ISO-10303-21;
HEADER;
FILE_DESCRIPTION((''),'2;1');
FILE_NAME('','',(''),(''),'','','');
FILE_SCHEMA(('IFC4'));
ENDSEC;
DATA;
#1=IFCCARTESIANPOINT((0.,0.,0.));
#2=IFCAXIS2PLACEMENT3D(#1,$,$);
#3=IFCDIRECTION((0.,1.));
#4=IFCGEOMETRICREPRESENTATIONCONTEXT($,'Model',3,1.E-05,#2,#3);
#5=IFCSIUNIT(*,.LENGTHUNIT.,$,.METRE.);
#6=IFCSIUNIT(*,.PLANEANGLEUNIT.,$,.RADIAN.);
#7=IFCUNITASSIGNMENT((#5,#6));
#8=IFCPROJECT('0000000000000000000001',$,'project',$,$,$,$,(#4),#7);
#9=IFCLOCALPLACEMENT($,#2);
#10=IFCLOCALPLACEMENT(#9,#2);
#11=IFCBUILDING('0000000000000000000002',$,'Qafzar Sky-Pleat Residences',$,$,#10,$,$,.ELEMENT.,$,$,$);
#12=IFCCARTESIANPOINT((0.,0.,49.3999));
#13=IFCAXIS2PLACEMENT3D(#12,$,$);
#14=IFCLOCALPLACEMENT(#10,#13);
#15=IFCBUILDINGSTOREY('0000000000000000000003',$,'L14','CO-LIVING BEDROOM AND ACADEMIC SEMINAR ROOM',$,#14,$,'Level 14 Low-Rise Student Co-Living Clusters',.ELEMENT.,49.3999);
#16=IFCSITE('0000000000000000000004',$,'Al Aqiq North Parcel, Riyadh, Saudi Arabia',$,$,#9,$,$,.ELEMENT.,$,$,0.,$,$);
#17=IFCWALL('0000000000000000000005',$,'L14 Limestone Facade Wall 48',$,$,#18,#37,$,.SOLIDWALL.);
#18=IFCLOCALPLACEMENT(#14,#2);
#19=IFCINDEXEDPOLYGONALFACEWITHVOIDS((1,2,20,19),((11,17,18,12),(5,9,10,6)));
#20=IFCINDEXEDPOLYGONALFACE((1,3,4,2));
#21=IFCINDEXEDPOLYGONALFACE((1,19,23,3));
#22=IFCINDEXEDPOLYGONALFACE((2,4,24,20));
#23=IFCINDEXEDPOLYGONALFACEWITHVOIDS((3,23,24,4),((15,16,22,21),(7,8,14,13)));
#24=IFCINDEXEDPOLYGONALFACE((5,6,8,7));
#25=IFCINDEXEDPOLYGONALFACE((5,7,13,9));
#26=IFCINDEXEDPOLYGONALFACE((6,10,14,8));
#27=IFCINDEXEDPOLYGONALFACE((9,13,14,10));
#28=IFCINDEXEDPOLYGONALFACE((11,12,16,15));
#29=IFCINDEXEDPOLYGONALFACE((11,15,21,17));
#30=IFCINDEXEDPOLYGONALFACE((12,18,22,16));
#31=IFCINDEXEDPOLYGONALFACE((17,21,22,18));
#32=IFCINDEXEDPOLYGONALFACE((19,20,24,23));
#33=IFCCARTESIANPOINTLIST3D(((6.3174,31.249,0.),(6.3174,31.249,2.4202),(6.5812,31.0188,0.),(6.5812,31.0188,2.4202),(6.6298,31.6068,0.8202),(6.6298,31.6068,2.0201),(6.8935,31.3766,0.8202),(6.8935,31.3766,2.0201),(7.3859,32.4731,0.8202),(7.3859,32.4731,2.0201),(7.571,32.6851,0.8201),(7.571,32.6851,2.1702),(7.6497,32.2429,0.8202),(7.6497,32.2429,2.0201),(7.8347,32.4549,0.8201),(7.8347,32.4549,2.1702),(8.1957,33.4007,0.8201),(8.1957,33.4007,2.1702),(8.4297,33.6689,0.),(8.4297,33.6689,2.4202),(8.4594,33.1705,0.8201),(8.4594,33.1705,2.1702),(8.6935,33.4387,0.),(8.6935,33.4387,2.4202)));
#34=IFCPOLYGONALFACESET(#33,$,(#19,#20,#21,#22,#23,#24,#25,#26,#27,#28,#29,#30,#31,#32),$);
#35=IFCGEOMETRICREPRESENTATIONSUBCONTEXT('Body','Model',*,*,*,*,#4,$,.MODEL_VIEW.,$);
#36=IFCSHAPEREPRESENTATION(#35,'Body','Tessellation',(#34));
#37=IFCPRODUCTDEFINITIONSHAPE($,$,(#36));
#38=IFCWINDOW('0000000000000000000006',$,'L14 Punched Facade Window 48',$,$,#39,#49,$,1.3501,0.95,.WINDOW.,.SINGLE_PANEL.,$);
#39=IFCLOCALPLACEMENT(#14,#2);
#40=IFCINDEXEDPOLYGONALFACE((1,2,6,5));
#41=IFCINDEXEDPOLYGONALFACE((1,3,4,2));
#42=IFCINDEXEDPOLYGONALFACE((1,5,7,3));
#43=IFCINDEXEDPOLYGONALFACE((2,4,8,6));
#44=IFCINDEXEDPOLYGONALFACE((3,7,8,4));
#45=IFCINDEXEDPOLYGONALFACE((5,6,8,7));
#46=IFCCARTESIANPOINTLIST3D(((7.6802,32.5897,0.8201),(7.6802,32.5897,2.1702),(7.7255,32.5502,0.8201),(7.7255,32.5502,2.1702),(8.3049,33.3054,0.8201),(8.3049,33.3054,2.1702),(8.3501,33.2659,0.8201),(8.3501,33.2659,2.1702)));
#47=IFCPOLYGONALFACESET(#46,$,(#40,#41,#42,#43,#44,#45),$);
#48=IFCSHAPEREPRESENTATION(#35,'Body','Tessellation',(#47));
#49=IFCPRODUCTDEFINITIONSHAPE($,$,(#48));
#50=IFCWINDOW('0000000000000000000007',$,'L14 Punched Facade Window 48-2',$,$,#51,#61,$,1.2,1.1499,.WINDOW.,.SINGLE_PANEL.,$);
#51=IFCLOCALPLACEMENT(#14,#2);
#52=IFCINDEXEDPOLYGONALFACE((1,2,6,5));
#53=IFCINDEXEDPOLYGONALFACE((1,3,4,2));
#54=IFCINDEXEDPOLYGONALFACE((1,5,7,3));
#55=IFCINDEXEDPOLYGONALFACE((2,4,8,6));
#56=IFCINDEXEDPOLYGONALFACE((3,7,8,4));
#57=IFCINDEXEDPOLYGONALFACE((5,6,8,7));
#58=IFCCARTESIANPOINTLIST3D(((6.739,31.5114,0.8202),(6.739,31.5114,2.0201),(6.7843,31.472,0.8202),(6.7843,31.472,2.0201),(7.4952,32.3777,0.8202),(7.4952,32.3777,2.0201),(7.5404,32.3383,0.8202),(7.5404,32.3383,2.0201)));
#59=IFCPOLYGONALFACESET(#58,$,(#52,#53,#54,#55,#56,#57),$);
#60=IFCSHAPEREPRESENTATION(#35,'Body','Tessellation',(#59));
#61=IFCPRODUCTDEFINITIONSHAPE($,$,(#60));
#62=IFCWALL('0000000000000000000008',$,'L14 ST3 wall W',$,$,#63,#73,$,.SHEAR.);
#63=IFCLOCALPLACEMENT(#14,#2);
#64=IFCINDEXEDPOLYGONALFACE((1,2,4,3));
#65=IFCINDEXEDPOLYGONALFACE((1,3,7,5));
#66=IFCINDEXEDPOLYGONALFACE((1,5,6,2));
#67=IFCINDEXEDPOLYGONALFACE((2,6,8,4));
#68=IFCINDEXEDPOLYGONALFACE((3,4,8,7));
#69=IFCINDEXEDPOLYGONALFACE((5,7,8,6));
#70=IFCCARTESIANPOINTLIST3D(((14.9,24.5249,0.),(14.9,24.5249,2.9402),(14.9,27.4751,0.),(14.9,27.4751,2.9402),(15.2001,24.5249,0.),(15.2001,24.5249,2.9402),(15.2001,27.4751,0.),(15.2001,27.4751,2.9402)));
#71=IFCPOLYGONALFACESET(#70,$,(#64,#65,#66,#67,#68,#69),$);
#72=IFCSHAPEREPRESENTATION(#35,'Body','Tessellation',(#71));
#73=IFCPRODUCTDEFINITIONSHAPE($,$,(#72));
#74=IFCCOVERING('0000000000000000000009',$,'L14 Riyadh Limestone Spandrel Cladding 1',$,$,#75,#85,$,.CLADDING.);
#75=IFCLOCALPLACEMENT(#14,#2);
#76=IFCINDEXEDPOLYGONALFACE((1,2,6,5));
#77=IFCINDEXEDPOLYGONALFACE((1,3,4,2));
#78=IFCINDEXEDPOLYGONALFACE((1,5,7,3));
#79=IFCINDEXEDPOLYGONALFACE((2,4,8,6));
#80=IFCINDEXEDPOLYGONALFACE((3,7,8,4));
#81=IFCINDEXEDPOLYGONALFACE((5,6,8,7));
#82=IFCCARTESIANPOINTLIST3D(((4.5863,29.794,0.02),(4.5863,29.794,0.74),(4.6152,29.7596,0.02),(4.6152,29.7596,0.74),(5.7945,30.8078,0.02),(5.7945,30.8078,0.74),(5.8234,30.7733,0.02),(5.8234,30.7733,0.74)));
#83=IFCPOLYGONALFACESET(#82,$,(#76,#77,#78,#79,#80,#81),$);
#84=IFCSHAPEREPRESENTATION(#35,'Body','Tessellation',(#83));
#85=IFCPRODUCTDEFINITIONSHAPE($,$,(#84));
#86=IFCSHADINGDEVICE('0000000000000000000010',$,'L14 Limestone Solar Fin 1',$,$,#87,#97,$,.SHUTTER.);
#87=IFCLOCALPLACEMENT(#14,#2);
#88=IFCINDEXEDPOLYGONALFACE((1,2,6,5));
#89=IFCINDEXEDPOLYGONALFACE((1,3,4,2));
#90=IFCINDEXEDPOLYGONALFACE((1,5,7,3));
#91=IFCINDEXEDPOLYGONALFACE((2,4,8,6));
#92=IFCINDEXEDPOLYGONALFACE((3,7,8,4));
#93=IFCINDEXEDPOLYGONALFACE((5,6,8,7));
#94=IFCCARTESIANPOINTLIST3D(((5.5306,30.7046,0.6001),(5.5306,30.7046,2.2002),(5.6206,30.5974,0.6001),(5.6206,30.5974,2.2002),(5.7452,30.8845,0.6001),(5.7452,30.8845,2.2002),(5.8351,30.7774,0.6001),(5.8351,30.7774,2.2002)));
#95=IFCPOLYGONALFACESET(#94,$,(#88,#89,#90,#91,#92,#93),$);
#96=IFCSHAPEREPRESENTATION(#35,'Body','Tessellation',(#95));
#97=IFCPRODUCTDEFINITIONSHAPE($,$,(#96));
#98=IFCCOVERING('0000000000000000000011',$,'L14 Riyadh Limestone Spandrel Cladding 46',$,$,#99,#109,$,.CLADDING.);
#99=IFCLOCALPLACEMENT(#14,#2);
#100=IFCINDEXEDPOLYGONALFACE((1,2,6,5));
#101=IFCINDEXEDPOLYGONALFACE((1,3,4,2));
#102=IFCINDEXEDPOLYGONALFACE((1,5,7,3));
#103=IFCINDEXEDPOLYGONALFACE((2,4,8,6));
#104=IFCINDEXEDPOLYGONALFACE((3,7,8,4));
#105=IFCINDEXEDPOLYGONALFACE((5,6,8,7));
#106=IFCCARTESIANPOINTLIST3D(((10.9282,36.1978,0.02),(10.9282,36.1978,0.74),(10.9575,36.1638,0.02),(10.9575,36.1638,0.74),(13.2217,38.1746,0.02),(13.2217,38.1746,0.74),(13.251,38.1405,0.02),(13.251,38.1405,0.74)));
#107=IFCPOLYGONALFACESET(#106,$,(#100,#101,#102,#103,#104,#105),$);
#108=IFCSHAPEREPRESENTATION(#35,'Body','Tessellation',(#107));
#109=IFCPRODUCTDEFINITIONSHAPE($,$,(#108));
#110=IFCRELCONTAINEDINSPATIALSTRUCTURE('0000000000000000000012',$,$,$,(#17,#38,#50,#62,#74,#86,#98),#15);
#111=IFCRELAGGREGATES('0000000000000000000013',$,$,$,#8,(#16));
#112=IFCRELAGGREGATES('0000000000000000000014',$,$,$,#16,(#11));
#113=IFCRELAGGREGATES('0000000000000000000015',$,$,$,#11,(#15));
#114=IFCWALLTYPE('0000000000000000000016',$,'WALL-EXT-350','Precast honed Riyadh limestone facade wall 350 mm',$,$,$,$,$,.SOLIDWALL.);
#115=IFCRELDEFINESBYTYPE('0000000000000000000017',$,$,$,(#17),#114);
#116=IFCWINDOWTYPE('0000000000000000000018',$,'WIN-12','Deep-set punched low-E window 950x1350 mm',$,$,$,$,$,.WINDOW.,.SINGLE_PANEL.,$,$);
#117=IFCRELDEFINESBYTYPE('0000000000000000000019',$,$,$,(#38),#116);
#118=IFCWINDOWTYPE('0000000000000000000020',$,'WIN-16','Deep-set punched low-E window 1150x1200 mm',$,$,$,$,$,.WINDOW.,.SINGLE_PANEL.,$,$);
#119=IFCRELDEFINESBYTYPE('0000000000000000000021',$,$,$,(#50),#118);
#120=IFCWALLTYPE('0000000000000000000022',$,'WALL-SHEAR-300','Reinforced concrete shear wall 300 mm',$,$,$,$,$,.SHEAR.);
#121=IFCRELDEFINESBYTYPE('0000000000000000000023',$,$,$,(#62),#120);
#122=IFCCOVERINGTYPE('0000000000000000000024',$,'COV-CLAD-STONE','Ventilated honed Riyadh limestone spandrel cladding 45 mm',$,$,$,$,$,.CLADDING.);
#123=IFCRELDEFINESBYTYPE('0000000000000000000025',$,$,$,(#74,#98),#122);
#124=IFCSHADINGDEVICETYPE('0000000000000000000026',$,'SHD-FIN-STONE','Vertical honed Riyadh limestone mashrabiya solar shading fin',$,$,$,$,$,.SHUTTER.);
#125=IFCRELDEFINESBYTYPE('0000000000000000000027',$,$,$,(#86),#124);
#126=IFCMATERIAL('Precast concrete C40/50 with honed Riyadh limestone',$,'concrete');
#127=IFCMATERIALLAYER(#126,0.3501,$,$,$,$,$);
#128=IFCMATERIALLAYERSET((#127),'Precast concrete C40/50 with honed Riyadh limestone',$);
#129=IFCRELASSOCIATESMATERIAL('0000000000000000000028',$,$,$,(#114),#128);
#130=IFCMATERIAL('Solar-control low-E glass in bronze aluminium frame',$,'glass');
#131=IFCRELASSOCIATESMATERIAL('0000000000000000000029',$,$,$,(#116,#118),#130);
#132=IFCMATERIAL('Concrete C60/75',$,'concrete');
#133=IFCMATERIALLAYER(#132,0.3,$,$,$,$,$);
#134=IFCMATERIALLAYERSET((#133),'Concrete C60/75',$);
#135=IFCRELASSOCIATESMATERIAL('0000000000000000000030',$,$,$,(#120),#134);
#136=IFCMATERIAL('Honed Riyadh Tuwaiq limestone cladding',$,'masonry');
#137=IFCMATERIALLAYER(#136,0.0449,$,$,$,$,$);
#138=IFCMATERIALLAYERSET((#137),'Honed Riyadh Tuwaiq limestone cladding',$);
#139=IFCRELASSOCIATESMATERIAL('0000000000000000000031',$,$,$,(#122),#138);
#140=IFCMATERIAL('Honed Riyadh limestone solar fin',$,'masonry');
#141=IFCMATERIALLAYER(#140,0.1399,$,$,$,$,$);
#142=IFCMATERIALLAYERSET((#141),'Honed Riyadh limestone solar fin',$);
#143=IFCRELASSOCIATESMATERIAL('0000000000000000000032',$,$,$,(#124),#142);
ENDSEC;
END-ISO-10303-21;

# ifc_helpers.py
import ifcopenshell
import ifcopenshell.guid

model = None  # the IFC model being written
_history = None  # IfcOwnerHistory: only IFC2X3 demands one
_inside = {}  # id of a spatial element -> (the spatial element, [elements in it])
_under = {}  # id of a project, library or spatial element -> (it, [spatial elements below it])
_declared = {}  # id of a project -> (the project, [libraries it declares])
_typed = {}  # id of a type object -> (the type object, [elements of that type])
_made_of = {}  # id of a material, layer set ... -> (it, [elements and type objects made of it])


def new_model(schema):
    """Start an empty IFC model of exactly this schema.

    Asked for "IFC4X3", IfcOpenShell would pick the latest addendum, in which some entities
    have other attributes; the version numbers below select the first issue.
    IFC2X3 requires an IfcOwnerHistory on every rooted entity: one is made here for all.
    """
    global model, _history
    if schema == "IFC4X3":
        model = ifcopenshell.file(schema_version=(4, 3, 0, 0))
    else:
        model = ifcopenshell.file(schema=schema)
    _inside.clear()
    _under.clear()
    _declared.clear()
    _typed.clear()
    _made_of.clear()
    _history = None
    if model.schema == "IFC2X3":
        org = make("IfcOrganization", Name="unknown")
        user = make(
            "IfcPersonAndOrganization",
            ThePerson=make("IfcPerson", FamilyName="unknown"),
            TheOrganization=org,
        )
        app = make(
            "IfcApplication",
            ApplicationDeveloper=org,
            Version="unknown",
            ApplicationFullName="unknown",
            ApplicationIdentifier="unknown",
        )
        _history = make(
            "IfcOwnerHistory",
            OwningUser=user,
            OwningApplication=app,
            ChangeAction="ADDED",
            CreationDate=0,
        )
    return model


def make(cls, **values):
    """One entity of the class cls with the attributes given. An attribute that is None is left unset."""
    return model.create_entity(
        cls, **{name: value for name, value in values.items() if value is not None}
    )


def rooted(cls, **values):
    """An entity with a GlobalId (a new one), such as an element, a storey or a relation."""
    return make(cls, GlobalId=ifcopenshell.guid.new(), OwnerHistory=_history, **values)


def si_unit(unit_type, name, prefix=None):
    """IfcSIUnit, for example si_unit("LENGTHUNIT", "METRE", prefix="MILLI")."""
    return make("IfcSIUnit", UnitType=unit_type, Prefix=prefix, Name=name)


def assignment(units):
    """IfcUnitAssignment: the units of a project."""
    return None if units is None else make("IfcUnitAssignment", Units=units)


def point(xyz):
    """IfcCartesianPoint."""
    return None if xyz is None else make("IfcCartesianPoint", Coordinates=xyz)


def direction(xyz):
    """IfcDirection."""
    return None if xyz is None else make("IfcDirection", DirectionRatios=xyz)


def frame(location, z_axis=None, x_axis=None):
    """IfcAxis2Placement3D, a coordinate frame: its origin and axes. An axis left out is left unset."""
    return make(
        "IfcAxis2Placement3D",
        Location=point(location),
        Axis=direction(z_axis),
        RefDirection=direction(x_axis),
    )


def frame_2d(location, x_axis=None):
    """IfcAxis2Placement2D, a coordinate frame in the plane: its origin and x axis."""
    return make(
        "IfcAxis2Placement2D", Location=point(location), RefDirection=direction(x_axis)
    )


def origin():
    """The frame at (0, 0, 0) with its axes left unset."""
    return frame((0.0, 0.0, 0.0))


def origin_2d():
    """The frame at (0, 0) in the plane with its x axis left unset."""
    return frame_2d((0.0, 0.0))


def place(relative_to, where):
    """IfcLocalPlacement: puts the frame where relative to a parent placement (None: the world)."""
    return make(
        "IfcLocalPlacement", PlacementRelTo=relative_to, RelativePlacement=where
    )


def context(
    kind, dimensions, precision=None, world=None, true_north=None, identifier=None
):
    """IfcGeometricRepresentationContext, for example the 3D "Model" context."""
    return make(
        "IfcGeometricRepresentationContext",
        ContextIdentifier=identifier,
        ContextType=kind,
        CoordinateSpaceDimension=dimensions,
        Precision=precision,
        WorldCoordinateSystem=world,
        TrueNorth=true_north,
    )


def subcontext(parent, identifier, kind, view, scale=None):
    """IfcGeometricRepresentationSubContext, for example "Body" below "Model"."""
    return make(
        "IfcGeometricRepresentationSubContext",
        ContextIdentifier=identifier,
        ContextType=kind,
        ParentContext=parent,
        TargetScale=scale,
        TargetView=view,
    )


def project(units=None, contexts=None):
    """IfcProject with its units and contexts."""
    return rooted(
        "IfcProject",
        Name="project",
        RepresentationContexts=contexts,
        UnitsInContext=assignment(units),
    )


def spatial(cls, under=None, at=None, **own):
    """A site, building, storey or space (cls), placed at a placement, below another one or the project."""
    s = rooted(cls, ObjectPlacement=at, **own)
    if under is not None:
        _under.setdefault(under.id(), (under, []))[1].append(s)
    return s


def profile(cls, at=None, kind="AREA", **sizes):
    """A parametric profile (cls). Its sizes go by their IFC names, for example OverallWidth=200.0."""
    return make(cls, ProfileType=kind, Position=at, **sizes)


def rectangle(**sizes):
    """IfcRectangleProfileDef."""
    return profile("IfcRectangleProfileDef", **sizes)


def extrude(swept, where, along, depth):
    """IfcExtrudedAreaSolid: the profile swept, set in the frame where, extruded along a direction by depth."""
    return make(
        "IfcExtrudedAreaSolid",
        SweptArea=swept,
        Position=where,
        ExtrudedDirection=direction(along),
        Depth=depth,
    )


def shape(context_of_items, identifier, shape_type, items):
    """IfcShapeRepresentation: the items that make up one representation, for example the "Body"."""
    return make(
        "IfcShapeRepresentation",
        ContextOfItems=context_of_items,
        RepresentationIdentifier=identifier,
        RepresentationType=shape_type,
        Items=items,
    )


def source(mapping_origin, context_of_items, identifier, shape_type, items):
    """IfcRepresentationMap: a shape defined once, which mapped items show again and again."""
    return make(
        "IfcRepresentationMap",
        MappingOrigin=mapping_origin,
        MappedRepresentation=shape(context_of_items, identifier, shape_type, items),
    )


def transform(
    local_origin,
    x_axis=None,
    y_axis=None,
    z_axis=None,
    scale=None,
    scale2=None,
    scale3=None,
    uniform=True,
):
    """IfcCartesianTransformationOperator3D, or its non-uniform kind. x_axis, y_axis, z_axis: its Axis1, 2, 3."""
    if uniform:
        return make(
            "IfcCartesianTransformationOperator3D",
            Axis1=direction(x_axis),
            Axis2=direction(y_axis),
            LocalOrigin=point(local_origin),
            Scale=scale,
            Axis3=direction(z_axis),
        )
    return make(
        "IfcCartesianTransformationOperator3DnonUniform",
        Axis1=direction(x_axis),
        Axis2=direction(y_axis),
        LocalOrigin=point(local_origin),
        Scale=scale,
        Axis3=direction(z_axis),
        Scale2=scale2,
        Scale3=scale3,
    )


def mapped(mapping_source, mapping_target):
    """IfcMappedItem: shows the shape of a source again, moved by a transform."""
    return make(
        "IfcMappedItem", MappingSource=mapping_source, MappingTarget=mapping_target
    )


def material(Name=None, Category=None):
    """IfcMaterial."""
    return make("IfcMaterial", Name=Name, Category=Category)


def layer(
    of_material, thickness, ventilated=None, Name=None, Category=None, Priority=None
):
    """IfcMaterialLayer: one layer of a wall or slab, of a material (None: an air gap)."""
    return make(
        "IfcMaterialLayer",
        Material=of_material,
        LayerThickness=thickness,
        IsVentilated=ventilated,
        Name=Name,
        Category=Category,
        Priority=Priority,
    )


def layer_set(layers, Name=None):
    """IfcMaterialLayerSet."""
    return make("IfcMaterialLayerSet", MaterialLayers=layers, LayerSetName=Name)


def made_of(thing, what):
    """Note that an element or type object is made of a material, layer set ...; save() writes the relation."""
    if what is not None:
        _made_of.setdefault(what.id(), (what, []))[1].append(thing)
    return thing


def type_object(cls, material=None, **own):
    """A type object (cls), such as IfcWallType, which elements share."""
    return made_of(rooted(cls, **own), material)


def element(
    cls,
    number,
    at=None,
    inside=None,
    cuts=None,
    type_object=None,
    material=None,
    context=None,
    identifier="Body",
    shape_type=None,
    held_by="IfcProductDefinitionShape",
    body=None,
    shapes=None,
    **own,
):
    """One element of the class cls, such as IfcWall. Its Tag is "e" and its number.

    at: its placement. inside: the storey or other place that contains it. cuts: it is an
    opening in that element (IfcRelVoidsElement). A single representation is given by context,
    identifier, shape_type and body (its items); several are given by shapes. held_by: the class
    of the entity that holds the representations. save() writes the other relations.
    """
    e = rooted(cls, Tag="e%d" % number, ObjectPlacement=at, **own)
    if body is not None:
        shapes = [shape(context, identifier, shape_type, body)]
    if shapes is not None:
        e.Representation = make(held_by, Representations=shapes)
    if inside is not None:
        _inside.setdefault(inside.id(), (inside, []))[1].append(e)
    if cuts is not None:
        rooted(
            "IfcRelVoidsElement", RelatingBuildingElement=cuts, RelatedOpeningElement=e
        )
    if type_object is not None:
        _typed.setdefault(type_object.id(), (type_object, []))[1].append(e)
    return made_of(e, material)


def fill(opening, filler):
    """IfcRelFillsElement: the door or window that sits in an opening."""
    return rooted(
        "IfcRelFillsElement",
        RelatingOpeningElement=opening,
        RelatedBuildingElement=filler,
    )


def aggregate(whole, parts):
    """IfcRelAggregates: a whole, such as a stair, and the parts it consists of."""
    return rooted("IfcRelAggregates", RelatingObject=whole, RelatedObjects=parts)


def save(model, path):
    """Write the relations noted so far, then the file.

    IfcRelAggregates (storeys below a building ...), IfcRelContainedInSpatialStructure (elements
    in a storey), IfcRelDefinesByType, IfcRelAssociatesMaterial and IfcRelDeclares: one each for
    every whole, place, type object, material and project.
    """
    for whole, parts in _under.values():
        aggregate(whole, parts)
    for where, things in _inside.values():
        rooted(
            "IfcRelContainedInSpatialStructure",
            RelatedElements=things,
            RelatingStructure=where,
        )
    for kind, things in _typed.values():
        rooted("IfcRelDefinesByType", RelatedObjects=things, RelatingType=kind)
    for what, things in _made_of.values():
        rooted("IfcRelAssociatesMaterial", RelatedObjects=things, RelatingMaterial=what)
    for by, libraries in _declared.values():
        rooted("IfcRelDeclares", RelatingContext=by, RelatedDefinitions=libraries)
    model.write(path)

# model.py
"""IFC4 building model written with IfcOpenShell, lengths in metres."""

from ifc_helpers import new_model, si_unit, direction, frame, frame_2d, origin, origin_2d, place, context, subcontext, project, spatial, rectangle, extrude, source, transform, mapped, material, layer, layer_set, type_object, element, fill, save


model = new_model("IFC4")

# Units and contexts
model_context = context("Model", 3, precision=1e-05, world=origin(), true_north=direction((0.0, 1.0)))
body_context = subcontext(model_context, "Body", "Model", "MODEL_VIEW")
ifc_project = project(units=[si_unit("LENGTHUNIT", "METRE"), si_unit("PLANEANGLEUNIT", "RADIAN")], contexts=[model_context])

# Site, building, storey
site_placement = place(None, origin())
site = spatial("IfcSite", under=ifc_project, at=site_placement, Name="Al Aqiq North Parcel, Riyadh, Saudi Arabia", CompositionType="ELEMENT", RefElevation=0.0)
building_placement = place(site_placement, origin())
building = spatial("IfcBuilding", under=site, at=building_placement, Name="Qafzar Sky-Pleat Residences", CompositionType="ELEMENT")
storey_placement = place(building_placement, frame((0.0, 0.0, 49.3999)))
storey = spatial("IfcBuildingStorey", under=building, at=storey_placement, Name="L14", Description="CO-LIVING BEDROOM AND ACADEMIC SEMINAR ROOM", LongName="Level 14 Low-Rise Student Co-Living Clusters", CompositionType="ELEMENT", Elevation=49.3999)

# Shared definitions
ifc_material_1 = material(Name="Concrete C60/75", Category="concrete")

# Shared definitions
ifc_material_2 = material(Name="Precast concrete C40/50 with honed Riyadh limestone", Category="concrete")
ifc_layer_1 = layer(ifc_material_2, 0.3501)
ifc_layer_set_1 = layer_set([ifc_layer_1], Name="Precast concrete C40/50 with honed Riyadh limestone")
wall_type_1 = type_object("IfcWallType", Name="WALL-EXT-350", Description="Precast honed Riyadh limestone facade wall 350 mm", PredefinedType="SOLIDWALL", material=ifc_layer_set_1)
ifc_material_3 = material(Name="Solar-control low-E glass in bronze aluminium frame", Category="glass")
window_type_1 = type_object("IfcWindowType", Name="WIN-12", Description="Deep-set punched low-E window 950x1350 mm", PartitioningType="SINGLE_PANEL", PredefinedType="WINDOW", material=ifc_material_3)
shared_shape_1 = source(origin(), body_context, "Body", "SweptSolid", [
    extrude(rectangle(XDim=0.95, YDim=1.3501, at=frame_2d((0.4751, 0.675))), frame((0.0, 0.03, 0.0), z_axis=(0.0, -1.0, 0.0), x_axis=(1.0, 0.0, 0.0)), (0.0, 0.0, 1.0), 0.0601),
])
window_type_2 = type_object("IfcWindowType", Name="WIN-16", Description="Deep-set punched low-E window 1150x1200 mm", PartitioningType="SINGLE_PANEL", PredefinedType="WINDOW", material=ifc_material_3)
shared_shape_2 = source(origin(), body_context, "Body", "SweptSolid", [
    extrude(rectangle(XDim=1.1499, YDim=1.2, at=frame_2d((0.575, 0.6001))), frame((0.0, 0.03, 0.0), z_axis=(0.0, -1.0, 0.0), x_axis=(1.0, 0.0, 0.0)), (0.0, 0.0, 1.0), 0.0601),
])

# Wall, openings, windows
wall_1_placement = place(storey_placement, frame((8.5615, 33.5537, 0.0), z_axis=(0.0, 0.0, 1.0), x_axis=(-0.6576, -0.753367, 0.0)))
wall_1 = element("IfcWall", 1, at=wall_1_placement, inside=storey, type_object=wall_type_1, Name="L14 Limestone Facade Wall 48", PredefinedType="SOLIDWALL", context=body_context, shape_type="SweptSolid", body=[
    extrude(rectangle(XDim=3.2122, YDim=0.3501, at=frame_2d((1.606, 0.0))), origin(), (0.0, 0.0, 1.0), 2.4202),
])
opening_1_placement = place(wall_1_placement, frame((0.3557, 0.0, 0.8201)))
opening_1 = element("IfcOpeningElement", 2, at=opening_1_placement, cuts=wall_1, PredefinedType="OPENING", context=body_context, shape_type="SweptSolid", body=[
    extrude(rectangle(XDim=0.95, YDim=1.3501, at=frame_2d((0.4751, 0.675))), frame((0.0, 0.1851, 0.0), z_axis=(0.0, -1.0, 0.0), x_axis=(1.0, 0.0, 0.0)), (0.0, 0.0, 1.0), 0.3701),
])
opening_2_placement = place(wall_1_placement, frame((1.5872, 0.0, 0.8201)))
opening_2 = element("IfcOpeningElement", 3, at=opening_2_placement, cuts=wall_1, PredefinedType="OPENING", context=body_context, shape_type="SweptSolid", body=[
    extrude(rectangle(XDim=1.1499, YDim=1.2, at=frame_2d((0.575, 0.6001))), frame((0.0, 0.1851, 0.0), z_axis=(0.0, -1.0, 0.0), x_axis=(1.0, 0.0, 0.0)), (0.0, 0.0, 1.0), 0.3701),
])
window_1_placement = place(opening_1_placement, origin())
window_1 = element("IfcWindow", 4, at=window_1_placement, inside=storey, type_object=window_type_1, Name="L14 Punched Facade Window 48", OverallHeight=1.3501, OverallWidth=0.95, PartitioningType="SINGLE_PANEL", PredefinedType="WINDOW", context=body_context, shape_type="MappedRepresentation", body=[
    mapped(shared_shape_1, transform((0.0, 0.0, 0.0), x_axis=(1.0, 0.0, 0.0), y_axis=(0.0, 1.0, 0.0), z_axis=(0.0, 0.0, 1.0), scale=1.0)),
])
fill(opening_1, window_1)
window_2_placement = place(opening_2_placement, origin())
window_2 = element("IfcWindow", 5, at=window_2_placement, inside=storey, type_object=window_type_2, Name="L14 Punched Facade Window 48-2", OverallHeight=1.2, OverallWidth=1.1499, PartitioningType="SINGLE_PANEL", PredefinedType="WINDOW", context=body_context, shape_type="MappedRepresentation", body=[
    mapped(shared_shape_2, transform((0.0, 0.0, 0.0), x_axis=(1.0, 0.0, 0.0), y_axis=(0.0, 1.0, 0.0), z_axis=(0.0, 0.0, 1.0), scale=1.0)),
])
fill(opening_2, window_2)

# Wall
ifc_layer_2 = layer(ifc_material_1, 0.3)
ifc_layer_set_2 = layer_set([ifc_layer_2], Name="Concrete C60/75")
wall_type_2 = type_object("IfcWallType", Name="WALL-SHEAR-300", Description="Reinforced concrete shear wall 300 mm", PredefinedType="SHEAR", material=ifc_layer_set_2)
wall_2_placement = place(storey_placement, frame((15.05, 27.4751, 0.0), z_axis=(0.0, 0.0, 1.0), x_axis=(0.0, -1.0, 0.0)))
element("IfcWall", 6, at=wall_2_placement, inside=storey, type_object=wall_type_2, Name="L14 ST3 wall W", PredefinedType="SHEAR", context=body_context, shape_type="SweptSolid", body=[
    extrude(rectangle(XDim=2.9502, YDim=0.3, at=frame_2d((1.4751, 0.0))), origin(), (0.0, 0.0, 1.0), 2.9402),
])

# Covering
ifc_material_4 = material(Name="Honed Riyadh Tuwaiq limestone cladding", Category="masonry")
ifc_layer_3 = layer(ifc_material_4, 0.0449)
ifc_layer_set_3 = layer_set([ifc_layer_3], Name="Honed Riyadh Tuwaiq limestone cladding")
covering_type = type_object("IfcCoveringType", Name="COV-CLAD-STONE", Description="Ventilated honed Riyadh limestone spandrel cladding 45 mm", PredefinedType="CLADDING", material=ifc_layer_set_3)
shared_shape_3 = source(origin(), body_context, "Body", "SweptSolid", [
    extrude(rectangle(XDim=1.5771, YDim=0.0449, at=origin_2d()), origin(), (0.0, 0.0, 1.0), 0.72),
])
covering_1_placement = place(storey_placement, frame((5.2048, 30.2837, 0.02), z_axis=(0.0, 0.0, 1.0), x_axis=(-0.766075, -0.642752, 0.0)))
element("IfcCovering", 7, at=covering_1_placement, inside=storey, type_object=covering_type, Name="L14 Riyadh Limestone Spandrel Cladding 1", PredefinedType="CLADDING", context=body_context, shape_type="MappedRepresentation", body=[
    mapped(shared_shape_3, transform((0.0, 0.0, 0.0), x_axis=(1.0, 0.0, 0.0), y_axis=(0.0, 1.0, 0.0), z_axis=(0.0, 0.0, 1.0), scale=1.0)),
])

# Shading device
ifc_material_5 = material(Name="Honed Riyadh limestone solar fin", Category="masonry")
ifc_layer_4 = layer(ifc_material_5, 0.1399)
ifc_layer_set_4 = layer_set([ifc_layer_4], Name="Honed Riyadh limestone solar fin")
shading_device_type = type_object("IfcShadingDeviceType", Name="SHD-FIN-STONE", Description="Vertical honed Riyadh limestone mashrabiya solar shading fin", PredefinedType="SHUTTER", material=ifc_layer_set_4)
shared_shape_4 = source(origin(), body_context, "Body", "SweptSolid", [
    extrude(rectangle(XDim=0.1399, YDim=0.28, at=origin_2d()), origin(), (0.0, 0.0, 1.0), 1.6001),
])
shading_device_placement = place(storey_placement, frame((5.6829, 30.741, 0.6001), z_axis=(0.0, 0.0, 1.0), x_axis=(-0.642754, 0.766072, 0.0)))
element("IfcShadingDevice", 8, at=shading_device_placement, inside=storey, type_object=shading_device_type, Name="L14 Limestone Solar Fin 1", PredefinedType="SHUTTER", context=body_context, shape_type="MappedRepresentation", body=[
    mapped(shared_shape_4, transform((0.0, 0.0, 0.0), x_axis=(1.0, 0.0, 0.0), y_axis=(0.0, 1.0, 0.0), z_axis=(0.0, 0.0, 1.0), scale=1.0)),
])

# Covering
shared_shape_5 = source(origin(), body_context, "Body", "SweptSolid", [
    extrude(rectangle(XDim=3.0278, YDim=0.0449, at=origin_2d()), origin(), (0.0, 0.0, 1.0), 0.72),
])
covering_2_placement = place(storey_placement, frame((12.0896, 37.1692, 0.02), z_axis=(0.0, 0.0, 1.0), x_axis=(-0.757485, -0.652853, 0.0)))
element("IfcCovering", 9, at=covering_2_placement, inside=storey, type_object=covering_type, Name="L14 Riyadh Limestone Spandrel Cladding 46", PredefinedType="CLADDING", context=body_context, shape_type="MappedRepresentation", body=[
    mapped(shared_shape_5, transform((0.0, 0.0, 0.0), x_axis=(1.0, 0.0, 0.0), y_axis=(0.0, 1.0, 0.0), z_axis=(0.0, 0.0, 1.0), scale=1.0)),
])

save(model, "model.ifc")
